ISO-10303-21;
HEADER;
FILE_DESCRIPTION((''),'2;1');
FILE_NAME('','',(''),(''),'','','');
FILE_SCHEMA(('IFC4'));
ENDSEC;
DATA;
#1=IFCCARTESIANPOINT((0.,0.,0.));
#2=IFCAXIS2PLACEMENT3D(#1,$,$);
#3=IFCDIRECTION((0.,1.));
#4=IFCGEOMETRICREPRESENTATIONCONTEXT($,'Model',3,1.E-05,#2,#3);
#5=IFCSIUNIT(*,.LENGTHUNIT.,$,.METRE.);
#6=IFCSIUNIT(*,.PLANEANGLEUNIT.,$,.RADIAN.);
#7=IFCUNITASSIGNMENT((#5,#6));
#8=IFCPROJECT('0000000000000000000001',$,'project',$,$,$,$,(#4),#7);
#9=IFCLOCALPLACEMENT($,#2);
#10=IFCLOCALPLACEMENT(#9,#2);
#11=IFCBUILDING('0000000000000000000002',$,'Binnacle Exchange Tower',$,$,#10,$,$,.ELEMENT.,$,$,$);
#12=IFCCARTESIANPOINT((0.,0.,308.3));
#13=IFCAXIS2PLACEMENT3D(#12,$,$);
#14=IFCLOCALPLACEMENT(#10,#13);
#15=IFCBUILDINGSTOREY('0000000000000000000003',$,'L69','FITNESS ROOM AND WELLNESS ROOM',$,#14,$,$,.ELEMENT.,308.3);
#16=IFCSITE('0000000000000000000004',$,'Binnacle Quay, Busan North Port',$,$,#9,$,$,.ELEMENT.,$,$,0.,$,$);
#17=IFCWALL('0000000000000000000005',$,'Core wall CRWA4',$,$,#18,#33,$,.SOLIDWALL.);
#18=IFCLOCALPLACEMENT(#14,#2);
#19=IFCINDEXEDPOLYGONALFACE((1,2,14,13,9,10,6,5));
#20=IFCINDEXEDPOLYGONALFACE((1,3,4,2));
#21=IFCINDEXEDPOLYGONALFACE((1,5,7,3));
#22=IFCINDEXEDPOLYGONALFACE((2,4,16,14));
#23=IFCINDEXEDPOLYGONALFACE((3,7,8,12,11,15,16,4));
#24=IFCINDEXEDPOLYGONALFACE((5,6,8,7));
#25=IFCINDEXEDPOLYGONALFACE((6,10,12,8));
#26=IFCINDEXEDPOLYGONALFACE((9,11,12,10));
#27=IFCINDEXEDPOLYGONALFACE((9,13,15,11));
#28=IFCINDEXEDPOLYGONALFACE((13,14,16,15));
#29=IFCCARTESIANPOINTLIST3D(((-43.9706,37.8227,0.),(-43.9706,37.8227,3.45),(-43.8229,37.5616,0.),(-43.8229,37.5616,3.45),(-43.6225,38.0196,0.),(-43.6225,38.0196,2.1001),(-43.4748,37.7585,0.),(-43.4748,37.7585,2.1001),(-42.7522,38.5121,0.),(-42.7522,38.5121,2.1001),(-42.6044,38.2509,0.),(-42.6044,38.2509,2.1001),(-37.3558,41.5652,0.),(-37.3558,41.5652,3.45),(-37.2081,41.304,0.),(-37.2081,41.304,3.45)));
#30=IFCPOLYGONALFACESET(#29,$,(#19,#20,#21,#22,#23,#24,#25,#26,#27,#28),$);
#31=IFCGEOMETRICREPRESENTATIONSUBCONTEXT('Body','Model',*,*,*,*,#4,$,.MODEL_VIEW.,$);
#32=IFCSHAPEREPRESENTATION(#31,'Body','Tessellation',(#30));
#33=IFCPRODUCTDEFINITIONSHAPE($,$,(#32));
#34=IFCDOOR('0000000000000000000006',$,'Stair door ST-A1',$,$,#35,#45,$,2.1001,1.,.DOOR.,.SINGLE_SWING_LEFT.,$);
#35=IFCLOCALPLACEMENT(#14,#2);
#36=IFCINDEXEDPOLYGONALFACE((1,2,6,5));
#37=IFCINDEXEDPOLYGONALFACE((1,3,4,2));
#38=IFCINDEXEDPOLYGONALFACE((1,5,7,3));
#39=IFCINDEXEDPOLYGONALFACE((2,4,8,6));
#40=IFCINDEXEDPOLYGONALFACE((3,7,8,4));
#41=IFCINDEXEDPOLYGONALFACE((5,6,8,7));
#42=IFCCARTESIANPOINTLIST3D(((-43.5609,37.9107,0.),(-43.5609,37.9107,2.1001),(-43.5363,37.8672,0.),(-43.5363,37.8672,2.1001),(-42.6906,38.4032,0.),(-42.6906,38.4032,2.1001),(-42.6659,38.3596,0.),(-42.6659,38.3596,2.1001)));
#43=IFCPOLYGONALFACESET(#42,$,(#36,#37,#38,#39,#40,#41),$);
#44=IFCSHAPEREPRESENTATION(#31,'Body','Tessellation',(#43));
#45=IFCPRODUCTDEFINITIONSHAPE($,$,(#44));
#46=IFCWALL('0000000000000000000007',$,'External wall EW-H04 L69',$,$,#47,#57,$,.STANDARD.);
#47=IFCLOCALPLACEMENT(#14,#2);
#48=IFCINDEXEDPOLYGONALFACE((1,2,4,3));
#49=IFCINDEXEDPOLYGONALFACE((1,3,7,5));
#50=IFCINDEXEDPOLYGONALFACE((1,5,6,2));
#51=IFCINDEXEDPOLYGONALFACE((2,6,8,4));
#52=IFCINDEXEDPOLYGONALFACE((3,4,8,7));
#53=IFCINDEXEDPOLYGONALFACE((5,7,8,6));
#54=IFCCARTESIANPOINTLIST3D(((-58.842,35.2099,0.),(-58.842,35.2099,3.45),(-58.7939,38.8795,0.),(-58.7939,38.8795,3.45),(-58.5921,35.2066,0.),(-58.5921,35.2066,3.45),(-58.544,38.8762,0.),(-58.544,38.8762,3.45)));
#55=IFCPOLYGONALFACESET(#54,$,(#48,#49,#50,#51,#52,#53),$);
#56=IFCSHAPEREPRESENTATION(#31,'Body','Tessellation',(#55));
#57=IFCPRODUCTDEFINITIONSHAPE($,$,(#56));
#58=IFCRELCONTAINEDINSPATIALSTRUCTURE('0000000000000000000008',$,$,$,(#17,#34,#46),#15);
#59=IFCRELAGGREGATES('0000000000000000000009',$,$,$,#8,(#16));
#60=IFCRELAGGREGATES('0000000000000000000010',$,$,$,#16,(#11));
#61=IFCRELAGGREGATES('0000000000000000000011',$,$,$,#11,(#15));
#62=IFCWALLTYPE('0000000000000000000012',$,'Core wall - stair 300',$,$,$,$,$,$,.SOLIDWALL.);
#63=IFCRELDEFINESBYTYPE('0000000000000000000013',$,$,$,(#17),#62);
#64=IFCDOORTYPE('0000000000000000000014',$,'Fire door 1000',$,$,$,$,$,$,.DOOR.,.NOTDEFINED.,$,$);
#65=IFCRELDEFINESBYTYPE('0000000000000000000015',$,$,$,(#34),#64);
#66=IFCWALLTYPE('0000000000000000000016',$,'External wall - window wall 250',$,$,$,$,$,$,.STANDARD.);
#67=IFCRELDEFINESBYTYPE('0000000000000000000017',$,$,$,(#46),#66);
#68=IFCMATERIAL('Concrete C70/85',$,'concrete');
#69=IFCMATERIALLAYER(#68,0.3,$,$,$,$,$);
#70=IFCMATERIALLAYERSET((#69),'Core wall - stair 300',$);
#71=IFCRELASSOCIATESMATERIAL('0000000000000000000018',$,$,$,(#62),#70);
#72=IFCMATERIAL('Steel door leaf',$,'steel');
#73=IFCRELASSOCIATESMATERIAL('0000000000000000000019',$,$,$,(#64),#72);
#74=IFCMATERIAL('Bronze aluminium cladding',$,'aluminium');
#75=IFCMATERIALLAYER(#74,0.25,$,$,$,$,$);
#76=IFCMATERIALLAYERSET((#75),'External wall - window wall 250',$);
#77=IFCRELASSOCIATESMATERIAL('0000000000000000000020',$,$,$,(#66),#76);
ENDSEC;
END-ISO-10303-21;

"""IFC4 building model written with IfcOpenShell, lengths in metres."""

from ifc_helpers import new_model, si_unit, direction, frame, frame_2d, origin, place, context, subcontext, project, spatial, rectangle, extrude, material, layer, layer_set, type_object, element, fill, save


model = new_model("IFC4")

# Units and contexts
model_context = context("Model", 3, precision=1e-05, world=origin(), true_north=direction((0.0, 1.0)))
body_context = subcontext(model_context, "Body", "Model", "MODEL_VIEW")
ifc_project = project(units=[si_unit("LENGTHUNIT", "METRE"), si_unit("PLANEANGLEUNIT", "RADIAN")], contexts=[model_context])

# Site, building, storey
site_placement = place(None, origin())
site = spatial("IfcSite", under=ifc_project, at=site_placement, Name="Binnacle Quay, Busan North Port", CompositionType="ELEMENT", RefElevation=0.0)
building_placement = place(site_placement, origin())
building = spatial("IfcBuilding", under=site, at=building_placement, Name="Binnacle Exchange Tower", CompositionType="ELEMENT")
storey_placement = place(building_placement, frame((0.0, 0.0, 308.3)))
storey = spatial("IfcBuildingStorey", under=building, at=storey_placement, Name="L69", Description="FITNESS ROOM AND WELLNESS ROOM", CompositionType="ELEMENT", Elevation=308.3)

# Wall, opening, door
ifc_material_1 = material(Name="Concrete C70/85", Category="concrete")
ifc_layer_1 = layer(ifc_material_1, 0.3)
ifc_layer_set_1 = layer_set([ifc_layer_1], Name="Core wall - stair 300")
wall_type_1 = type_object("IfcWallType", Name="Core wall - stair 300", PredefinedType="SOLIDWALL", material=ifc_layer_set_1)
wall_1_placement = place(storey_placement, frame((-43.8967, 37.6921, 0.0), z_axis=(0.0, 0.0, 1.0), x_axis=(0.870356, 0.492422, 0.0)))
wall_1 = element("IfcWall", 1, at=wall_1_placement, inside=storey, type_object=wall_type_1, Name="Core wall CRWA4", PredefinedType="SOLIDWALL", context=body_context, shape_type="SweptSolid", body=[
    extrude(rectangle(XDim=7.6001, YDim=0.3, at=frame_2d((3.8, 0.0))), origin(), (0.0, 0.0, 1.0), 3.45),
])
opening_1_placement = place(wall_1_placement, frame((0.3999, 0.0, 0.0)))
opening_1 = element("IfcOpeningElement", 2, at=opening_1_placement, cuts=wall_1, PredefinedType="OPENING", context=body_context, shape_type="SweptSolid", body=[
    extrude(rectangle(XDim=1.0, YDim=2.1001, at=frame_2d((0.5, 1.05))), frame((0.0, 0.1599, 0.0), z_axis=(0.0, -1.0, 0.0), x_axis=(1.0, 0.0, 0.0)), (0.0, 0.0, 1.0), 0.3201),
])
ifc_material_2 = material(Name="Steel door leaf", Category="steel")
door_type = type_object("IfcDoorType", Name="Fire door 1000", OperationType="NOTDEFINED", PredefinedType="DOOR", material=ifc_material_2)
door_placement = place(opening_1_placement, origin())
door = element("IfcDoor", 3, at=door_placement, inside=storey, type_object=door_type, Name="Stair door ST-A1", OperationType="SINGLE_SWING_LEFT", OverallHeight=2.1001, OverallWidth=1.0, PredefinedType="DOOR", context=body_context, shape_type="SweptSolid", body=[
    extrude(rectangle(XDim=1.0, YDim=2.1001, at=frame_2d((0.5, 1.05))), frame((0.0, 0.0249, 0.0), z_axis=(0.0, -1.0, 0.0), x_axis=(1.0, 0.0, 0.0)), (0.0, 0.0, 1.0), 0.05),
])
fill(opening_1, door)

# Wall
ifc_material_3 = material(Name="Bronze aluminium cladding", Category="aluminium")
ifc_layer_2 = layer(ifc_material_3, 0.25)
ifc_layer_set_2 = layer_set([ifc_layer_2], Name="External wall - window wall 250")
wall_type_2 = type_object("IfcWallType", Name="External wall - window wall 250", PredefinedType="STANDARD", material=ifc_layer_set_2)
wall_2_placement = place(storey_placement, frame((-58.717, 35.2083, 0.0), z_axis=(0.0, 0.0, 1.0), x_axis=(0.013105, 0.999914, 0.0)))
element("IfcWall", 4, at=wall_2_placement, inside=storey, type_object=wall_type_2, Name="External wall EW-H04 L69", PredefinedType="STANDARD", context=body_context, shape_type="SweptSolid", body=[
    extrude(rectangle(XDim=3.6699, YDim=0.25, at=frame_2d((1.835, 0.0))), origin(), (0.0, 0.0, 1.0), 3.45),
])

save(model, "model.ifc")
